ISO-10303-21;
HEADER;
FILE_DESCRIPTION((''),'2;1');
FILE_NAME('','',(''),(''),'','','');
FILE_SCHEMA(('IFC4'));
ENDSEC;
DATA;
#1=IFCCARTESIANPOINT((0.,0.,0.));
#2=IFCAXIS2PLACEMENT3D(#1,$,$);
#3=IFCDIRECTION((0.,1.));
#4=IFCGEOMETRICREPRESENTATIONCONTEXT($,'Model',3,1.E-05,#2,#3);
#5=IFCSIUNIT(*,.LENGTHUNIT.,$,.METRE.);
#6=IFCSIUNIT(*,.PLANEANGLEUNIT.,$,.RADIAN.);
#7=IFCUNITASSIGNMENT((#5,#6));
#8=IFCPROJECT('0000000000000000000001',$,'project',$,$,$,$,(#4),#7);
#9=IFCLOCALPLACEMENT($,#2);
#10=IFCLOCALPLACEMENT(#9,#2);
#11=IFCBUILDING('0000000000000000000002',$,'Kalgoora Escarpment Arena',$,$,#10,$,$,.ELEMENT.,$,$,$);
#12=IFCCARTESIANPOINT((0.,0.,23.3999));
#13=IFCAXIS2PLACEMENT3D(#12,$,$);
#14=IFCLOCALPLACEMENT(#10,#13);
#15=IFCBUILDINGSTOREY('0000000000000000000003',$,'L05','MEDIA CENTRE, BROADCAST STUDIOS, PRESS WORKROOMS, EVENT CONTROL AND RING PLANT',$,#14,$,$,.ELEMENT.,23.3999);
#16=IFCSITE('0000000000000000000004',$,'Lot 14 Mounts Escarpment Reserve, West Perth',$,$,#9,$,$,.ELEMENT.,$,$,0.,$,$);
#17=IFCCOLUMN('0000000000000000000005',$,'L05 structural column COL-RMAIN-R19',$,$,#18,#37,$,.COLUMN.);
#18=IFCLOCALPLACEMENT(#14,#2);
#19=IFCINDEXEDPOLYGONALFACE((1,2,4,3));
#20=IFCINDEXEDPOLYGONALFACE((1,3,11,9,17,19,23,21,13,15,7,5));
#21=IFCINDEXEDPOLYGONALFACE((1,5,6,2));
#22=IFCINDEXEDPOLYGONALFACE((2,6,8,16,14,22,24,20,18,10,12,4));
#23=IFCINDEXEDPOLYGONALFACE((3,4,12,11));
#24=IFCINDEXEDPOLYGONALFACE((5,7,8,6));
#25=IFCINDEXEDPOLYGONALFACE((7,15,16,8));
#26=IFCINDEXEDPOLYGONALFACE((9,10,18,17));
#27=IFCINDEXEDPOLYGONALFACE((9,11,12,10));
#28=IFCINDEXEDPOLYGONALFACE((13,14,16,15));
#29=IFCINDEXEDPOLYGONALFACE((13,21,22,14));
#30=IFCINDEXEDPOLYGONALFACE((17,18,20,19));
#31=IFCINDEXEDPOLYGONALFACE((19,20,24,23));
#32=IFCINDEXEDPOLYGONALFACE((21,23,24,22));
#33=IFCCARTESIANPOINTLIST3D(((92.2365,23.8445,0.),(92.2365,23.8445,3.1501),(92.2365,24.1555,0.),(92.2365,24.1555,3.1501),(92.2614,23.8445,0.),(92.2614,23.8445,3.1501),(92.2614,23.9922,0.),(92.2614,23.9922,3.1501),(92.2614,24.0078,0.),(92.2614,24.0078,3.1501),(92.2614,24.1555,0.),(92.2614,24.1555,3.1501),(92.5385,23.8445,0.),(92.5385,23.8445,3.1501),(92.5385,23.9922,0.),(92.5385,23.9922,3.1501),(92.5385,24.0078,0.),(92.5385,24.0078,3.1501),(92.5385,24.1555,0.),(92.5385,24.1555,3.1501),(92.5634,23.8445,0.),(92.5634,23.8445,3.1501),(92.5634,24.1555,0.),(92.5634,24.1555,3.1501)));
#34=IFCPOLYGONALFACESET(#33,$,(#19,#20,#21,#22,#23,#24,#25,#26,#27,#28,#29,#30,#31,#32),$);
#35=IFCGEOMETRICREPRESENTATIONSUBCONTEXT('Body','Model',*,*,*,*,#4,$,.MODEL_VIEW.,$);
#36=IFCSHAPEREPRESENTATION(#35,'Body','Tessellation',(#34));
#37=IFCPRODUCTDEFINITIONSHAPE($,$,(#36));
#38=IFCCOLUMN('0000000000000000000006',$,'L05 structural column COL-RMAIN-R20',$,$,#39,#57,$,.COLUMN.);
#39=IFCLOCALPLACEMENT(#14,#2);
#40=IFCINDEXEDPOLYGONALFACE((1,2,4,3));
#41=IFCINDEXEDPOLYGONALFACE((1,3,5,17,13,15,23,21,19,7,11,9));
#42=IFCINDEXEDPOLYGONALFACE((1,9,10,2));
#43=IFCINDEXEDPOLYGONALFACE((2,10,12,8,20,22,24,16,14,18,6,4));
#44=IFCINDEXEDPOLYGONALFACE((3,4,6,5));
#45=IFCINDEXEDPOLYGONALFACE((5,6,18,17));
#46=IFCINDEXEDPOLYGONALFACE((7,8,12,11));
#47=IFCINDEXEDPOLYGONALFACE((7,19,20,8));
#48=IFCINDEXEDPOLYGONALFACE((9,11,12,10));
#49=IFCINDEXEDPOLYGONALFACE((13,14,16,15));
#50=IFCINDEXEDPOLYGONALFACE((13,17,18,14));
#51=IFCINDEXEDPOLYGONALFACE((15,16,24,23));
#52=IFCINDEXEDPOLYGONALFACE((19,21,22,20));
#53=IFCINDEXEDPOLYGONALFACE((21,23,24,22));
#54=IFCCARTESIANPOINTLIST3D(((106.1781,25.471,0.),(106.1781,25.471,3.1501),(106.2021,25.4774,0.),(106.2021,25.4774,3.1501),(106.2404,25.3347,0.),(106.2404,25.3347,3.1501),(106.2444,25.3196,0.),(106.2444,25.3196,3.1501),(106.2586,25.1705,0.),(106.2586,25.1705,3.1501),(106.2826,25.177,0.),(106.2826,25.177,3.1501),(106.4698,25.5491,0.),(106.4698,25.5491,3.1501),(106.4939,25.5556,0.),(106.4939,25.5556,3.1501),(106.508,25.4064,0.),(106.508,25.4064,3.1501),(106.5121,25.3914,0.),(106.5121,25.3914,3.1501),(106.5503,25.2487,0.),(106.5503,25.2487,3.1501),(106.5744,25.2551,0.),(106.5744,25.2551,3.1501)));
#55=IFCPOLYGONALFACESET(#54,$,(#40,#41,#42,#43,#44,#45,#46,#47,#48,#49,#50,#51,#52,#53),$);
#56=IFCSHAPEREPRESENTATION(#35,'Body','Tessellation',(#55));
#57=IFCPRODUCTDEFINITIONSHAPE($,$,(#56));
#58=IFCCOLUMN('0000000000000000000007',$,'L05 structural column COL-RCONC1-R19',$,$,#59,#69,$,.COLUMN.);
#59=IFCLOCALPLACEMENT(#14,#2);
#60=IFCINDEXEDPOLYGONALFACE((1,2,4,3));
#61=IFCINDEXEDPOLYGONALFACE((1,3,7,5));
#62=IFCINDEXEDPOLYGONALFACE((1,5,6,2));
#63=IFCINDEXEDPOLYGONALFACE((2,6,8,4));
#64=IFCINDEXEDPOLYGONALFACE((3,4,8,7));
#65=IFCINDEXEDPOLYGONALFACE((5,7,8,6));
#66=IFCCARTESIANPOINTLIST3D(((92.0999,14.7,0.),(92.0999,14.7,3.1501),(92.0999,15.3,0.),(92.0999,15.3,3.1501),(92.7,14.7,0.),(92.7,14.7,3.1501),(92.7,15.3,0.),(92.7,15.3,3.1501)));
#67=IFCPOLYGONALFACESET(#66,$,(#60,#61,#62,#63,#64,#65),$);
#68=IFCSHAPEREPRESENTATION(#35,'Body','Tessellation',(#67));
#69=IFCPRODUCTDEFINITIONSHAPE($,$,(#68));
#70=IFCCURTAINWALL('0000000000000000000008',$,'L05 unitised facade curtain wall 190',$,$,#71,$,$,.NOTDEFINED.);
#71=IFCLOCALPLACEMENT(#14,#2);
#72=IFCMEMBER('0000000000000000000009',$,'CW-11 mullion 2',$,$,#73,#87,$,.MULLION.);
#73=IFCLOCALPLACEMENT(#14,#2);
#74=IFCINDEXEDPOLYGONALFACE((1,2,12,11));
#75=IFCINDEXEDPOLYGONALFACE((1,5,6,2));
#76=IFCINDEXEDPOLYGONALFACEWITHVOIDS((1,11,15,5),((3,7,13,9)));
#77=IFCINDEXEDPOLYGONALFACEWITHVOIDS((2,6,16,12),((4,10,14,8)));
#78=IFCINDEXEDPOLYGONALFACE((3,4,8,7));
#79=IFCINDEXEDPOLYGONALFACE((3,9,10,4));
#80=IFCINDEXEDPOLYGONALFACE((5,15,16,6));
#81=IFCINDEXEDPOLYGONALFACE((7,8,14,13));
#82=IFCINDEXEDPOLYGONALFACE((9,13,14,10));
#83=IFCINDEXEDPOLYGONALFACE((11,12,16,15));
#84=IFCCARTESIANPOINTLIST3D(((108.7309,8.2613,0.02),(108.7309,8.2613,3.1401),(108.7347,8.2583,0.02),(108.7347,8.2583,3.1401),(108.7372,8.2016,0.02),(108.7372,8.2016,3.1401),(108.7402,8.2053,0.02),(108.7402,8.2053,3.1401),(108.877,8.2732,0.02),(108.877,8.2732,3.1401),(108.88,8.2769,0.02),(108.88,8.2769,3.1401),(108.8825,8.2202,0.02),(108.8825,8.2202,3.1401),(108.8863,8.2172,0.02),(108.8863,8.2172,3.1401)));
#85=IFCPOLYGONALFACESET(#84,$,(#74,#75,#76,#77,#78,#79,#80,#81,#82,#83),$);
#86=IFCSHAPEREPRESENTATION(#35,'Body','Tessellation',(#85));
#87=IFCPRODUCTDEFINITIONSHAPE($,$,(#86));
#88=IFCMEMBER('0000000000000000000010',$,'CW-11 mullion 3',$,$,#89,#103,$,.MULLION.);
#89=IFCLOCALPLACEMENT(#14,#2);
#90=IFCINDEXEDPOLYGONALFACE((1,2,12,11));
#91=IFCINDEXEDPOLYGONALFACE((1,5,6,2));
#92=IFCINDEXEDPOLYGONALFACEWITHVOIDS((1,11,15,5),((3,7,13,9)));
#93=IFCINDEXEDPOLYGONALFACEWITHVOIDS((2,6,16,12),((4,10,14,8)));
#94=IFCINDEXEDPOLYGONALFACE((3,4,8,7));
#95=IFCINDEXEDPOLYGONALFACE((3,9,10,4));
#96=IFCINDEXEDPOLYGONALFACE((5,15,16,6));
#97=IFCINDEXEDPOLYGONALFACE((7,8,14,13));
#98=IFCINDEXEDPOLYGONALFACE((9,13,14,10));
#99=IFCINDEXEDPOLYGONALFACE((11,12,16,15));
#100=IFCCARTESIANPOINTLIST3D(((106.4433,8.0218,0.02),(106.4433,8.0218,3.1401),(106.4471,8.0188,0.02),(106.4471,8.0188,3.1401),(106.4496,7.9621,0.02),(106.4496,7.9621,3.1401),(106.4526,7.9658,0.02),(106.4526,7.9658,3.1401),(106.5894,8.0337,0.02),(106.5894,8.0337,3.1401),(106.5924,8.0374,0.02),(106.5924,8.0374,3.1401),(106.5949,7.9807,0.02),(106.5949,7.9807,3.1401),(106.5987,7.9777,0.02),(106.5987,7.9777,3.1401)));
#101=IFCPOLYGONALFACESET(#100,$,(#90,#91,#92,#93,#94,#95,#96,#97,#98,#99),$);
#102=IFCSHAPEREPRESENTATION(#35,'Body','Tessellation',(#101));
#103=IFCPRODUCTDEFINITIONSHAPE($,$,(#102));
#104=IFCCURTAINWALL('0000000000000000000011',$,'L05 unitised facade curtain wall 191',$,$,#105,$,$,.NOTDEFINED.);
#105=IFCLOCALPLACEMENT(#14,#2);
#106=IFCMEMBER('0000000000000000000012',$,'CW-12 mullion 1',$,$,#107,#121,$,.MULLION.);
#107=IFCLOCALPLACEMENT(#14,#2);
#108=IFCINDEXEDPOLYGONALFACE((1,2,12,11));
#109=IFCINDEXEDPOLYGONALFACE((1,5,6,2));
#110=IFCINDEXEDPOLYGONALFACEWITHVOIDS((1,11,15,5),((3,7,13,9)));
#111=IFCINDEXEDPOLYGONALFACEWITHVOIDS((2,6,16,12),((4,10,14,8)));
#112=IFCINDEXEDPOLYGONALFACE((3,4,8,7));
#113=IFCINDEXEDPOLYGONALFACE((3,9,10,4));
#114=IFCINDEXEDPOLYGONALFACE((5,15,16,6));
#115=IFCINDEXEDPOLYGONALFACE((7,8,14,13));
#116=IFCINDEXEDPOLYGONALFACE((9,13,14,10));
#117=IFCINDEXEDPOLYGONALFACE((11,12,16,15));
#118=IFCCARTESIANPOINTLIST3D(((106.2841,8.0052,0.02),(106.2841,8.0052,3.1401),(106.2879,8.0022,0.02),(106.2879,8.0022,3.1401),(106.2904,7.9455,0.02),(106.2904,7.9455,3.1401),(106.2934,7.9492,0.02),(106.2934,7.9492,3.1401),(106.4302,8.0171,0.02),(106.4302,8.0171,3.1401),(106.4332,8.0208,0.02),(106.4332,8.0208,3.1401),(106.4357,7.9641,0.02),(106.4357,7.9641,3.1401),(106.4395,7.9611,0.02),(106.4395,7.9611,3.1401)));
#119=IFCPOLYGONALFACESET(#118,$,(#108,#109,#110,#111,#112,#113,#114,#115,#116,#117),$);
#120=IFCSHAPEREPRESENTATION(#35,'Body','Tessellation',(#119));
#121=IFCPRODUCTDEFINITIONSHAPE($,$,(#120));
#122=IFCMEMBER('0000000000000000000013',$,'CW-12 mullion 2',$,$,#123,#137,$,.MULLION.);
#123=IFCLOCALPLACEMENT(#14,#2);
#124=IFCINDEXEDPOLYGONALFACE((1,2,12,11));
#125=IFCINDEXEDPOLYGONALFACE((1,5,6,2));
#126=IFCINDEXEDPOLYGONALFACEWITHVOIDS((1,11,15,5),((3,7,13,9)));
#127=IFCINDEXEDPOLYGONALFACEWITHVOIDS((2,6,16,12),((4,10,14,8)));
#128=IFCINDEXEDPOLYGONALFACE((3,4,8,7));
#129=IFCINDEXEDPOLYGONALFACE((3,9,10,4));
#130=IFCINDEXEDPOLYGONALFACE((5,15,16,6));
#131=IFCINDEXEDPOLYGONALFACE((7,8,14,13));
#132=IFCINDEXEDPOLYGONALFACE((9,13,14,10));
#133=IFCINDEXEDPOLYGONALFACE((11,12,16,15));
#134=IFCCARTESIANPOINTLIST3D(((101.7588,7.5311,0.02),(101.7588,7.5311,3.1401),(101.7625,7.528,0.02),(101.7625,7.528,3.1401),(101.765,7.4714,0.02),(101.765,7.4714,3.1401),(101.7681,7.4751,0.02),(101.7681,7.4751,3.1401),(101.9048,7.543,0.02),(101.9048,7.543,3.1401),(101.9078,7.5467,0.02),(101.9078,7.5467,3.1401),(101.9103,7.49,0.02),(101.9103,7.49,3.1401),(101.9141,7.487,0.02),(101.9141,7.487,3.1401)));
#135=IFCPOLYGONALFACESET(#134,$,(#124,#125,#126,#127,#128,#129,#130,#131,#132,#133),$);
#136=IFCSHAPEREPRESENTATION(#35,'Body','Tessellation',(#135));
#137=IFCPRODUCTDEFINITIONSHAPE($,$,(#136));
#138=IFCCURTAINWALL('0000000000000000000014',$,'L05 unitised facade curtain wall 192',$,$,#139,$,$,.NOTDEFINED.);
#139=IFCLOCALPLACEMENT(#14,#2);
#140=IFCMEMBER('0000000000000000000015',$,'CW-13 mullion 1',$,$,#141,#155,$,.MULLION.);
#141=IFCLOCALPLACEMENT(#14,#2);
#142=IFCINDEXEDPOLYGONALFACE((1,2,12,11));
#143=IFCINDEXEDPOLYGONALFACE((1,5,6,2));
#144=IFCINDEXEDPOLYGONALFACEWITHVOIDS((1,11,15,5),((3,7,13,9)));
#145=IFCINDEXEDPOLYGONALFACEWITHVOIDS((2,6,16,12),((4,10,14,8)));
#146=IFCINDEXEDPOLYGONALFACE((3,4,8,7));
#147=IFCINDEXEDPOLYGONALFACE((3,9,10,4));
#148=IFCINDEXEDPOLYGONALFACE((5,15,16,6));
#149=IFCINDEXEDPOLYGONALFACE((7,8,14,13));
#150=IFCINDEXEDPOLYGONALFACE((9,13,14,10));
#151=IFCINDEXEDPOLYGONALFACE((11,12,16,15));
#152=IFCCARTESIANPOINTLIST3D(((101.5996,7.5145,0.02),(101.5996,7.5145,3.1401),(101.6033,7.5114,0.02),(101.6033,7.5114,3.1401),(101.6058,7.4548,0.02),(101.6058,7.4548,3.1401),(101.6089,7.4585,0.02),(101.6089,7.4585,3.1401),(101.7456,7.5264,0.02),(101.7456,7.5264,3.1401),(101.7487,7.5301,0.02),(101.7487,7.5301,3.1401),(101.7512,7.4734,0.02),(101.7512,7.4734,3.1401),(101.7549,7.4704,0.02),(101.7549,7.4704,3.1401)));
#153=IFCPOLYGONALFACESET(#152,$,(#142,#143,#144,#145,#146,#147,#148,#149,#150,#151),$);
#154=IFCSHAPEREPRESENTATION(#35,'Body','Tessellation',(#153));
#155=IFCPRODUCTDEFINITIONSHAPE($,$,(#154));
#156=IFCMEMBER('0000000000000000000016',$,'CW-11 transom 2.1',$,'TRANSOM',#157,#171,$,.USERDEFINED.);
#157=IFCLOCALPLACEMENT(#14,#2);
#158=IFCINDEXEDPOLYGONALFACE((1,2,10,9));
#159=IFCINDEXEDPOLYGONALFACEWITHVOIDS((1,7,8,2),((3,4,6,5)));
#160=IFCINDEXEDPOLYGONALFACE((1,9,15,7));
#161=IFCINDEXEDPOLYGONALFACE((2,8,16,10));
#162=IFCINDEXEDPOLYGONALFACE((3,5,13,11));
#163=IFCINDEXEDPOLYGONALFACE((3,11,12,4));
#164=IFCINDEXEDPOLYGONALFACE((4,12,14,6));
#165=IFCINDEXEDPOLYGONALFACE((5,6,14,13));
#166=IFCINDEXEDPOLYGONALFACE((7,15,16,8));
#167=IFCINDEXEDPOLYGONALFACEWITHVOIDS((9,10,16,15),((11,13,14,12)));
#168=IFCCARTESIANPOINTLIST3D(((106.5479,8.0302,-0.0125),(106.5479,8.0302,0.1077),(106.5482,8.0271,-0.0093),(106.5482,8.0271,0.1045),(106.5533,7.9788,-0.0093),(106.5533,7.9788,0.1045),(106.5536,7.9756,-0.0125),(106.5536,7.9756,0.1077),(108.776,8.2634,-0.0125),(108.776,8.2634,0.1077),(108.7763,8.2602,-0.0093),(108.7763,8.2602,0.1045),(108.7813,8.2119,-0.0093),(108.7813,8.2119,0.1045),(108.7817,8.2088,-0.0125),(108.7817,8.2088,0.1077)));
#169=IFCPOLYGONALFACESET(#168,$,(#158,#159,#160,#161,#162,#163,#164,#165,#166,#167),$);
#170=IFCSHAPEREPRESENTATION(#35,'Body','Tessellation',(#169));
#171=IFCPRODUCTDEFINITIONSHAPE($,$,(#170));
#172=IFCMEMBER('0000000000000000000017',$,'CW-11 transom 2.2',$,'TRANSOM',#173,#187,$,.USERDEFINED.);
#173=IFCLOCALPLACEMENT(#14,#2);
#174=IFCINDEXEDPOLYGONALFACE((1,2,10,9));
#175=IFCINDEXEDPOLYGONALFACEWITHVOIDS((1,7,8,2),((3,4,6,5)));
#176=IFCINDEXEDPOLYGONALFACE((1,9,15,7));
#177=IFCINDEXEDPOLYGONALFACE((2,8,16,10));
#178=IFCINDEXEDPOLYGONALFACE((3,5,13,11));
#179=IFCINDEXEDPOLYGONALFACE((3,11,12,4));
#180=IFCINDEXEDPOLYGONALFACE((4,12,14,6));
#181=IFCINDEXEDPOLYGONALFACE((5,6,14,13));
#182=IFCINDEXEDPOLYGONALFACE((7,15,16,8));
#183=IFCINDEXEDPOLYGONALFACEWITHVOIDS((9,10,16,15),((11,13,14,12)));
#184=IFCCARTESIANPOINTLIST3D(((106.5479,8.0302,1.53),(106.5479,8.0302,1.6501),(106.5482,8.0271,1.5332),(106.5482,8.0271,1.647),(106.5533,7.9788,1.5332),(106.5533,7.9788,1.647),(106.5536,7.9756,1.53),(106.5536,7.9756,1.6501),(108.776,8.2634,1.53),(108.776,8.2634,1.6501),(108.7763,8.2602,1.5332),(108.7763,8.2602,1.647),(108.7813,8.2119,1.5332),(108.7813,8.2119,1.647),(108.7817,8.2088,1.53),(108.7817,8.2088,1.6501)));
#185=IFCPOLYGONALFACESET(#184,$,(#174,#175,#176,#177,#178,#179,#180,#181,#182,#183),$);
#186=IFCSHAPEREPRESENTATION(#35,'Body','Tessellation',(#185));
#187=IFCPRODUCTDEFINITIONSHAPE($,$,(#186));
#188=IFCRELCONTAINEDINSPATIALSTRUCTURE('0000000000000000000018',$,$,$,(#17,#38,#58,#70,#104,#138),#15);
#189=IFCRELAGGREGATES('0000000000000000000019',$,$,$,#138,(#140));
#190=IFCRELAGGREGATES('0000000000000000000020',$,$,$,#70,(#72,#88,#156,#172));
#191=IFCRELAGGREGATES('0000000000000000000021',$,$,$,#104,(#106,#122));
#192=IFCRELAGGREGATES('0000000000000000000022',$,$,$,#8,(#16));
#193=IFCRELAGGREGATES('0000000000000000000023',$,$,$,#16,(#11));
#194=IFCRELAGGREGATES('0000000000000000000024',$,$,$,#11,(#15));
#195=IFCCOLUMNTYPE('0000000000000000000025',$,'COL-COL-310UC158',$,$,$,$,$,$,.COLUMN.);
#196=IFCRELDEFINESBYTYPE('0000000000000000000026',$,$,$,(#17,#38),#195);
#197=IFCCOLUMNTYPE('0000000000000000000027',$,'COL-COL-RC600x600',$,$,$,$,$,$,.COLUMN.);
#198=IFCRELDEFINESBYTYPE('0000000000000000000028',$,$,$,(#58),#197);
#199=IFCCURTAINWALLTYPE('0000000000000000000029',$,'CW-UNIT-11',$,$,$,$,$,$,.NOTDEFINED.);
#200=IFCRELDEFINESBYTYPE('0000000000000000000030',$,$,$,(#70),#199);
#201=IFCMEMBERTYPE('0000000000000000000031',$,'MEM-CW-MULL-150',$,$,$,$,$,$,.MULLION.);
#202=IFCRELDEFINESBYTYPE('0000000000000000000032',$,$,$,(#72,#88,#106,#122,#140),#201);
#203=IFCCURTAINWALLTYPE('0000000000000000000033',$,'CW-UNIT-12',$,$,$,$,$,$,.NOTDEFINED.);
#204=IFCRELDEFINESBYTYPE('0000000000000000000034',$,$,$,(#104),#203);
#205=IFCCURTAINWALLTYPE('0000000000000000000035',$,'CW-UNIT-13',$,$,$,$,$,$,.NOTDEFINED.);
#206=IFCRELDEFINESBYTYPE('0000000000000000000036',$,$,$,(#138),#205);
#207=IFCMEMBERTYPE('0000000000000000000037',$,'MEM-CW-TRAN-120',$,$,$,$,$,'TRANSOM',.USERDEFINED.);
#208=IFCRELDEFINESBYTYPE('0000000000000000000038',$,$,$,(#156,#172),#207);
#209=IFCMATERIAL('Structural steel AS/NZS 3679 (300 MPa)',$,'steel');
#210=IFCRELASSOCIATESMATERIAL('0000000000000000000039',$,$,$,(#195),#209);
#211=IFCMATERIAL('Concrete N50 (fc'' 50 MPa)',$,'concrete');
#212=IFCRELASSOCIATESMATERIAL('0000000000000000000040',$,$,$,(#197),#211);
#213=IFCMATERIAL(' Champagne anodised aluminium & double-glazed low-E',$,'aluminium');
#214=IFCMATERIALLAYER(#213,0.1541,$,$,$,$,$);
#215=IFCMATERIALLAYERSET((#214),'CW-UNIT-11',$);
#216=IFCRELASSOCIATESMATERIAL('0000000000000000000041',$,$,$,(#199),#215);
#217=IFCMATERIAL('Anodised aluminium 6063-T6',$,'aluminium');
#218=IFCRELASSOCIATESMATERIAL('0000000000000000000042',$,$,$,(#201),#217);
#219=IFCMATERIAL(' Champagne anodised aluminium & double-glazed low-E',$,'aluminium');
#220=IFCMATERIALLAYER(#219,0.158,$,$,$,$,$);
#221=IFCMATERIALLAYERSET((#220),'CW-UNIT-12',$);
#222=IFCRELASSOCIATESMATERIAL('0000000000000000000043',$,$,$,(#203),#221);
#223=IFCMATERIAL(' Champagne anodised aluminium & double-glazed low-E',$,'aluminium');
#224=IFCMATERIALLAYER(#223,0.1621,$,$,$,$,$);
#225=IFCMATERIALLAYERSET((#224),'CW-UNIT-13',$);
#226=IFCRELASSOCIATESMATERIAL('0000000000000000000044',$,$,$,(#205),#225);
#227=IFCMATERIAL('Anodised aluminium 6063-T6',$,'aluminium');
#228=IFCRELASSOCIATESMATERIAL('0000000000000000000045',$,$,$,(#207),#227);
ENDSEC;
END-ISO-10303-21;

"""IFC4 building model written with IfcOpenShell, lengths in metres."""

from ifc_helpers import new_model, si_unit, direction, frame, origin, origin_2d, place, context, subcontext, project, spatial, rectangle, hollow_rectangle, i_section, extrude, material, layer, layer_set, material_profile, profile_set, type_object, element, aggregate, save


model = new_model("IFC4")

# Units and contexts
model_context = context("Model", 3, precision=1e-05, world=origin(), true_north=direction((0.0, 1.0)))
body_context = subcontext(model_context, "Body", "Model", "MODEL_VIEW")
ifc_project = project(units=[si_unit("LENGTHUNIT", "METRE"), si_unit("PLANEANGLEUNIT", "RADIAN")], contexts=[model_context])

# Site, building, storey
site_placement = place(None, origin())
site = spatial("IfcSite", under=ifc_project, at=site_placement, Name="Lot 14 Mounts Escarpment Reserve, West Perth", CompositionType="ELEMENT", RefElevation=0.0)
building_placement = place(site_placement, origin())
building = spatial("IfcBuilding", under=site, at=building_placement, Name="Kalgoora Escarpment Arena", CompositionType="ELEMENT")
storey_placement = place(building_placement, frame((0.0, 0.0, 23.3999)))
storey = spatial("IfcBuildingStorey", under=building, at=storey_placement, Name="L05", Description="MEDIA CENTRE, BROADCAST STUDIOS, PRESS WORKROOMS, EVENT CONTROL AND RING PLANT", CompositionType="ELEMENT", Elevation=23.3999)

# Columns
ifc_material_1 = material(Name="Structural steel AS/NZS 3679 (300 MPa)", Category="steel")
ifc_material_profile_1 = material_profile(ifc_material_1, i_section(OverallWidth=0.311, OverallDepth=0.3269, WebThickness=0.0156, FlangeThickness=0.0249, at=origin_2d()))
ifc_profile_set_1 = profile_set([ifc_material_profile_1], Name="Structural steel AS/NZS 3679 (300 MPa)")
column_type_1 = type_object("IfcColumnType", Name="COL-COL-310UC158", PredefinedType="COLUMN", material=ifc_profile_set_1)
for number, where, z_axis, x_axis, name in (
    (1, (92.3999, 24.0, 0.0), (0.0, 0.0, 1.0), (0.0, -1.0, 0.0), "L05 structural column COL-RMAIN-R19"),
    (2, (106.3762, 25.363, 0.0), (0.0, 0.0, 1.0), (0.258819, -0.965926, 0.0), "L05 structural column COL-RMAIN-R20"),
):
    element("IfcColumn", number, at=place(storey_placement, frame(where, z_axis=z_axis, x_axis=x_axis)), inside=storey, type_object=column_type_1, Name=name, PredefinedType="COLUMN", context=body_context, shape_type="SweptSolid", body=[
        extrude(i_section(OverallWidth=0.311, OverallDepth=0.3269, WebThickness=0.0156, FlangeThickness=0.0249, at=origin_2d()), origin(), (0.0, 0.0, 1.0), 3.1501),
    ])
ifc_material_2 = material(Name="Concrete N50 (fc' 50 MPa)", Category="concrete")
ifc_material_profile_2 = material_profile(ifc_material_2, rectangle(XDim=0.6001, YDim=0.6001, at=origin_2d()))
ifc_profile_set_2 = profile_set([ifc_material_profile_2], Name="Concrete N50 (fc' 50 MPa)")
column_type_2 = type_object("IfcColumnType", Name="COL-COL-RC600x600", PredefinedType="COLUMN", material=ifc_profile_set_2)
column_placement = place(storey_placement, frame((92.3999, 15.0, 0.0), z_axis=(0.0, 0.0, 1.0), x_axis=(0.0, -1.0, 0.0)))
element("IfcColumn", 3, at=column_placement, inside=storey, type_object=column_type_2, Name="L05 structural column COL-RCONC1-R19", PredefinedType="COLUMN", context=body_context, shape_type="SweptSolid", body=[
    extrude(rectangle(XDim=0.6001, YDim=0.6001, at=origin_2d()), origin(), (0.0, 0.0, 1.0), 3.1501),
])

# Curtain walls, members
ifc_material_3 = material(Name=" Champagne anodised aluminium & double-glazed low-E", Category="aluminium")
ifc_layer_1 = layer(ifc_material_3, 0.1541)
ifc_layer_set_1 = layer_set([ifc_layer_1], Name="CW-UNIT-11")
curtain_wall_type_1 = type_object("IfcCurtainWallType", Name="CW-UNIT-11", PredefinedType="NOTDEFINED", material=ifc_layer_set_1)
curtain_wall_1_placement = place(storey_placement, origin())
curtain_wall_1 = element("IfcCurtainWall", 4, at=curtain_wall_1_placement, inside=storey, type_object=curtain_wall_type_1, Name="L05 unitised facade curtain wall 190", PredefinedType="NOTDEFINED")
ifc_material_4 = material(Name="Anodised aluminium 6063-T6", Category="aluminium")
ifc_material_profile_3 = material_profile(ifc_material_4, hollow_rectangle(XDim=0.0601, YDim=0.1499, WallThickness=0.0034, at=origin_2d()))
ifc_profile_set_3 = profile_set([ifc_material_profile_3], Name="Anodised aluminium 6063-T6")
member_type_1 = type_object("IfcMemberType", Name="MEM-CW-MULL-150", PredefinedType="MULLION", material=ifc_profile_set_3)
member_1_placement = place(storey_placement, frame((108.8086, 8.2393, 0.02), z_axis=(0.0, 0.0, 1.0), x_axis=(0.104158, -0.994561, 0.0)))
member_1 = element("IfcMember", 5, at=member_1_placement, type_object=member_type_1, Name="CW-11 mullion 2", PredefinedType="MULLION", context=body_context, shape_type="SweptSolid", body=[
    extrude(hollow_rectangle(XDim=0.0601, YDim=0.1499, WallThickness=0.0034, at=origin_2d()), origin(), (0.0, 0.0, 1.0), 3.1201),
])
member_2_placement = place(storey_placement, frame((106.521, 7.9998, 0.02), z_axis=(0.0, 0.0, 1.0), x_axis=(0.104158, -0.994561, 0.0)))
member_2 = element("IfcMember", 6, at=member_2_placement, type_object=member_type_1, Name="CW-11 mullion 3", PredefinedType="MULLION", context=body_context, shape_type="SweptSolid", body=[
    extrude(hollow_rectangle(XDim=0.0601, YDim=0.1499, WallThickness=0.0034, at=origin_2d()), origin(), (0.0, 0.0, 1.0), 3.1201),
])
ifc_material_5 = material(Name=" Champagne anodised aluminium & double-glazed low-E", Category="aluminium")
ifc_layer_2 = layer(ifc_material_5, 0.158)
ifc_layer_set_2 = layer_set([ifc_layer_2], Name="CW-UNIT-12")
curtain_wall_type_2 = type_object("IfcCurtainWallType", Name="CW-UNIT-12", PredefinedType="NOTDEFINED", material=ifc_layer_set_2)
curtain_wall_2_placement = place(storey_placement, origin())
curtain_wall_2 = element("IfcCurtainWall", 7, at=curtain_wall_2_placement, inside=storey, type_object=curtain_wall_type_2, Name="L05 unitised facade curtain wall 191", PredefinedType="NOTDEFINED")
member_3_placement = place(storey_placement, frame((106.3618, 7.9832, 0.02), z_axis=(0.0, 0.0, 1.0), x_axis=(0.104182, -0.994558, 0.0)))
member_3 = element("IfcMember", 8, at=member_3_placement, type_object=member_type_1, Name="CW-12 mullion 1", PredefinedType="MULLION", context=body_context, shape_type="SweptSolid", body=[
    extrude(hollow_rectangle(XDim=0.0601, YDim=0.1499, WallThickness=0.0034, at=origin_2d()), origin(), (0.0, 0.0, 1.0), 3.1201),
])
member_4_placement = place(storey_placement, frame((101.8364, 7.509, 0.02), z_axis=(0.0, 0.0, 1.0), x_axis=(0.104182, -0.994558, 0.0)))
member_4 = element("IfcMember", 9, at=member_4_placement, type_object=member_type_1, Name="CW-12 mullion 2", PredefinedType="MULLION", context=body_context, shape_type="SweptSolid", body=[
    extrude(hollow_rectangle(XDim=0.0601, YDim=0.1499, WallThickness=0.0034, at=origin_2d()), origin(), (0.0, 0.0, 1.0), 3.1201),
])

# Curtain wall, member
ifc_material_6 = material(Name=" Champagne anodised aluminium & double-glazed low-E", Category="aluminium")
ifc_layer_3 = layer(ifc_material_6, 0.1621)
ifc_layer_set_3 = layer_set([ifc_layer_3], Name="CW-UNIT-13")
curtain_wall_type_3 = type_object("IfcCurtainWallType", Name="CW-UNIT-13", PredefinedType="NOTDEFINED", material=ifc_layer_set_3)
curtain_wall_3_placement = place(storey_placement, origin())
curtain_wall_3 = element("IfcCurtainWall", 10, at=curtain_wall_3_placement, inside=storey, type_object=curtain_wall_type_3, Name="L05 unitised facade curtain wall 192", PredefinedType="NOTDEFINED")
member_5_placement = place(storey_placement, frame((101.6772, 7.4924, 0.02), z_axis=(0.0, 0.0, 1.0), x_axis=(0.104182, -0.994558, 0.0)))
member_5 = element("IfcMember", 11, at=member_5_placement, type_object=member_type_1, Name="CW-13 mullion 1", PredefinedType="MULLION", context=body_context, shape_type="SweptSolid", body=[
    extrude(hollow_rectangle(XDim=0.0601, YDim=0.1499, WallThickness=0.0034, at=origin_2d()), origin(), (0.0, 0.0, 1.0), 3.1201),
])

# Members
ifc_material_7 = material(Name="Anodised aluminium 6063-T6", Category="aluminium")
ifc_material_profile_4 = material_profile(ifc_material_7, hollow_rectangle(XDim=0.0549, YDim=0.1201, WallThickness=0.0032, at=origin_2d()))
ifc_profile_set_4 = profile_set([ifc_material_profile_4], Name="Anodised aluminium 6063-T6")
member_type_2 = type_object("IfcMemberType", Name="MEM-CW-TRAN-120", ElementType="TRANSOM", PredefinedType="USERDEFINED", material=ifc_profile_set_4)
member_6_placement = place(storey_placement, frame((108.7788, 8.2361, 0.0476), z_axis=(-0.994569, -0.104078, 0.0), x_axis=(0.104078, -0.994569, 0.0)))
member_6 = element("IfcMember", 12, at=member_6_placement, type_object=member_type_2, Name="CW-11 transom 2.1", ObjectType="TRANSOM", PredefinedType="USERDEFINED", context=body_context, shape_type="SweptSolid", body=[
    extrude(hollow_rectangle(XDim=0.0549, YDim=0.1201, WallThickness=0.0032, at=origin_2d()), origin(), (0.0, 0.0, 1.0), 2.2402),
])
member_7_placement = place(storey_placement, frame((108.7788, 8.2361, 1.5901), z_axis=(-0.994569, -0.104078, 0.0), x_axis=(0.104078, -0.994569, 0.0)))
member_7 = element("IfcMember", 13, at=member_7_placement, type_object=member_type_2, Name="CW-11 transom 2.2", ObjectType="TRANSOM", PredefinedType="USERDEFINED", context=body_context, shape_type="SweptSolid", body=[
    extrude(hollow_rectangle(XDim=0.0549, YDim=0.1201, WallThickness=0.0032, at=origin_2d()), origin(), (0.0, 0.0, 1.0), 2.2402),
])
aggregate(curtain_wall_3, [member_5])

aggregate(curtain_wall_1, [member_1, member_2, member_6, member_7])
aggregate(curtain_wall_2, [member_3, member_4])

save(model, "model.ifc")
